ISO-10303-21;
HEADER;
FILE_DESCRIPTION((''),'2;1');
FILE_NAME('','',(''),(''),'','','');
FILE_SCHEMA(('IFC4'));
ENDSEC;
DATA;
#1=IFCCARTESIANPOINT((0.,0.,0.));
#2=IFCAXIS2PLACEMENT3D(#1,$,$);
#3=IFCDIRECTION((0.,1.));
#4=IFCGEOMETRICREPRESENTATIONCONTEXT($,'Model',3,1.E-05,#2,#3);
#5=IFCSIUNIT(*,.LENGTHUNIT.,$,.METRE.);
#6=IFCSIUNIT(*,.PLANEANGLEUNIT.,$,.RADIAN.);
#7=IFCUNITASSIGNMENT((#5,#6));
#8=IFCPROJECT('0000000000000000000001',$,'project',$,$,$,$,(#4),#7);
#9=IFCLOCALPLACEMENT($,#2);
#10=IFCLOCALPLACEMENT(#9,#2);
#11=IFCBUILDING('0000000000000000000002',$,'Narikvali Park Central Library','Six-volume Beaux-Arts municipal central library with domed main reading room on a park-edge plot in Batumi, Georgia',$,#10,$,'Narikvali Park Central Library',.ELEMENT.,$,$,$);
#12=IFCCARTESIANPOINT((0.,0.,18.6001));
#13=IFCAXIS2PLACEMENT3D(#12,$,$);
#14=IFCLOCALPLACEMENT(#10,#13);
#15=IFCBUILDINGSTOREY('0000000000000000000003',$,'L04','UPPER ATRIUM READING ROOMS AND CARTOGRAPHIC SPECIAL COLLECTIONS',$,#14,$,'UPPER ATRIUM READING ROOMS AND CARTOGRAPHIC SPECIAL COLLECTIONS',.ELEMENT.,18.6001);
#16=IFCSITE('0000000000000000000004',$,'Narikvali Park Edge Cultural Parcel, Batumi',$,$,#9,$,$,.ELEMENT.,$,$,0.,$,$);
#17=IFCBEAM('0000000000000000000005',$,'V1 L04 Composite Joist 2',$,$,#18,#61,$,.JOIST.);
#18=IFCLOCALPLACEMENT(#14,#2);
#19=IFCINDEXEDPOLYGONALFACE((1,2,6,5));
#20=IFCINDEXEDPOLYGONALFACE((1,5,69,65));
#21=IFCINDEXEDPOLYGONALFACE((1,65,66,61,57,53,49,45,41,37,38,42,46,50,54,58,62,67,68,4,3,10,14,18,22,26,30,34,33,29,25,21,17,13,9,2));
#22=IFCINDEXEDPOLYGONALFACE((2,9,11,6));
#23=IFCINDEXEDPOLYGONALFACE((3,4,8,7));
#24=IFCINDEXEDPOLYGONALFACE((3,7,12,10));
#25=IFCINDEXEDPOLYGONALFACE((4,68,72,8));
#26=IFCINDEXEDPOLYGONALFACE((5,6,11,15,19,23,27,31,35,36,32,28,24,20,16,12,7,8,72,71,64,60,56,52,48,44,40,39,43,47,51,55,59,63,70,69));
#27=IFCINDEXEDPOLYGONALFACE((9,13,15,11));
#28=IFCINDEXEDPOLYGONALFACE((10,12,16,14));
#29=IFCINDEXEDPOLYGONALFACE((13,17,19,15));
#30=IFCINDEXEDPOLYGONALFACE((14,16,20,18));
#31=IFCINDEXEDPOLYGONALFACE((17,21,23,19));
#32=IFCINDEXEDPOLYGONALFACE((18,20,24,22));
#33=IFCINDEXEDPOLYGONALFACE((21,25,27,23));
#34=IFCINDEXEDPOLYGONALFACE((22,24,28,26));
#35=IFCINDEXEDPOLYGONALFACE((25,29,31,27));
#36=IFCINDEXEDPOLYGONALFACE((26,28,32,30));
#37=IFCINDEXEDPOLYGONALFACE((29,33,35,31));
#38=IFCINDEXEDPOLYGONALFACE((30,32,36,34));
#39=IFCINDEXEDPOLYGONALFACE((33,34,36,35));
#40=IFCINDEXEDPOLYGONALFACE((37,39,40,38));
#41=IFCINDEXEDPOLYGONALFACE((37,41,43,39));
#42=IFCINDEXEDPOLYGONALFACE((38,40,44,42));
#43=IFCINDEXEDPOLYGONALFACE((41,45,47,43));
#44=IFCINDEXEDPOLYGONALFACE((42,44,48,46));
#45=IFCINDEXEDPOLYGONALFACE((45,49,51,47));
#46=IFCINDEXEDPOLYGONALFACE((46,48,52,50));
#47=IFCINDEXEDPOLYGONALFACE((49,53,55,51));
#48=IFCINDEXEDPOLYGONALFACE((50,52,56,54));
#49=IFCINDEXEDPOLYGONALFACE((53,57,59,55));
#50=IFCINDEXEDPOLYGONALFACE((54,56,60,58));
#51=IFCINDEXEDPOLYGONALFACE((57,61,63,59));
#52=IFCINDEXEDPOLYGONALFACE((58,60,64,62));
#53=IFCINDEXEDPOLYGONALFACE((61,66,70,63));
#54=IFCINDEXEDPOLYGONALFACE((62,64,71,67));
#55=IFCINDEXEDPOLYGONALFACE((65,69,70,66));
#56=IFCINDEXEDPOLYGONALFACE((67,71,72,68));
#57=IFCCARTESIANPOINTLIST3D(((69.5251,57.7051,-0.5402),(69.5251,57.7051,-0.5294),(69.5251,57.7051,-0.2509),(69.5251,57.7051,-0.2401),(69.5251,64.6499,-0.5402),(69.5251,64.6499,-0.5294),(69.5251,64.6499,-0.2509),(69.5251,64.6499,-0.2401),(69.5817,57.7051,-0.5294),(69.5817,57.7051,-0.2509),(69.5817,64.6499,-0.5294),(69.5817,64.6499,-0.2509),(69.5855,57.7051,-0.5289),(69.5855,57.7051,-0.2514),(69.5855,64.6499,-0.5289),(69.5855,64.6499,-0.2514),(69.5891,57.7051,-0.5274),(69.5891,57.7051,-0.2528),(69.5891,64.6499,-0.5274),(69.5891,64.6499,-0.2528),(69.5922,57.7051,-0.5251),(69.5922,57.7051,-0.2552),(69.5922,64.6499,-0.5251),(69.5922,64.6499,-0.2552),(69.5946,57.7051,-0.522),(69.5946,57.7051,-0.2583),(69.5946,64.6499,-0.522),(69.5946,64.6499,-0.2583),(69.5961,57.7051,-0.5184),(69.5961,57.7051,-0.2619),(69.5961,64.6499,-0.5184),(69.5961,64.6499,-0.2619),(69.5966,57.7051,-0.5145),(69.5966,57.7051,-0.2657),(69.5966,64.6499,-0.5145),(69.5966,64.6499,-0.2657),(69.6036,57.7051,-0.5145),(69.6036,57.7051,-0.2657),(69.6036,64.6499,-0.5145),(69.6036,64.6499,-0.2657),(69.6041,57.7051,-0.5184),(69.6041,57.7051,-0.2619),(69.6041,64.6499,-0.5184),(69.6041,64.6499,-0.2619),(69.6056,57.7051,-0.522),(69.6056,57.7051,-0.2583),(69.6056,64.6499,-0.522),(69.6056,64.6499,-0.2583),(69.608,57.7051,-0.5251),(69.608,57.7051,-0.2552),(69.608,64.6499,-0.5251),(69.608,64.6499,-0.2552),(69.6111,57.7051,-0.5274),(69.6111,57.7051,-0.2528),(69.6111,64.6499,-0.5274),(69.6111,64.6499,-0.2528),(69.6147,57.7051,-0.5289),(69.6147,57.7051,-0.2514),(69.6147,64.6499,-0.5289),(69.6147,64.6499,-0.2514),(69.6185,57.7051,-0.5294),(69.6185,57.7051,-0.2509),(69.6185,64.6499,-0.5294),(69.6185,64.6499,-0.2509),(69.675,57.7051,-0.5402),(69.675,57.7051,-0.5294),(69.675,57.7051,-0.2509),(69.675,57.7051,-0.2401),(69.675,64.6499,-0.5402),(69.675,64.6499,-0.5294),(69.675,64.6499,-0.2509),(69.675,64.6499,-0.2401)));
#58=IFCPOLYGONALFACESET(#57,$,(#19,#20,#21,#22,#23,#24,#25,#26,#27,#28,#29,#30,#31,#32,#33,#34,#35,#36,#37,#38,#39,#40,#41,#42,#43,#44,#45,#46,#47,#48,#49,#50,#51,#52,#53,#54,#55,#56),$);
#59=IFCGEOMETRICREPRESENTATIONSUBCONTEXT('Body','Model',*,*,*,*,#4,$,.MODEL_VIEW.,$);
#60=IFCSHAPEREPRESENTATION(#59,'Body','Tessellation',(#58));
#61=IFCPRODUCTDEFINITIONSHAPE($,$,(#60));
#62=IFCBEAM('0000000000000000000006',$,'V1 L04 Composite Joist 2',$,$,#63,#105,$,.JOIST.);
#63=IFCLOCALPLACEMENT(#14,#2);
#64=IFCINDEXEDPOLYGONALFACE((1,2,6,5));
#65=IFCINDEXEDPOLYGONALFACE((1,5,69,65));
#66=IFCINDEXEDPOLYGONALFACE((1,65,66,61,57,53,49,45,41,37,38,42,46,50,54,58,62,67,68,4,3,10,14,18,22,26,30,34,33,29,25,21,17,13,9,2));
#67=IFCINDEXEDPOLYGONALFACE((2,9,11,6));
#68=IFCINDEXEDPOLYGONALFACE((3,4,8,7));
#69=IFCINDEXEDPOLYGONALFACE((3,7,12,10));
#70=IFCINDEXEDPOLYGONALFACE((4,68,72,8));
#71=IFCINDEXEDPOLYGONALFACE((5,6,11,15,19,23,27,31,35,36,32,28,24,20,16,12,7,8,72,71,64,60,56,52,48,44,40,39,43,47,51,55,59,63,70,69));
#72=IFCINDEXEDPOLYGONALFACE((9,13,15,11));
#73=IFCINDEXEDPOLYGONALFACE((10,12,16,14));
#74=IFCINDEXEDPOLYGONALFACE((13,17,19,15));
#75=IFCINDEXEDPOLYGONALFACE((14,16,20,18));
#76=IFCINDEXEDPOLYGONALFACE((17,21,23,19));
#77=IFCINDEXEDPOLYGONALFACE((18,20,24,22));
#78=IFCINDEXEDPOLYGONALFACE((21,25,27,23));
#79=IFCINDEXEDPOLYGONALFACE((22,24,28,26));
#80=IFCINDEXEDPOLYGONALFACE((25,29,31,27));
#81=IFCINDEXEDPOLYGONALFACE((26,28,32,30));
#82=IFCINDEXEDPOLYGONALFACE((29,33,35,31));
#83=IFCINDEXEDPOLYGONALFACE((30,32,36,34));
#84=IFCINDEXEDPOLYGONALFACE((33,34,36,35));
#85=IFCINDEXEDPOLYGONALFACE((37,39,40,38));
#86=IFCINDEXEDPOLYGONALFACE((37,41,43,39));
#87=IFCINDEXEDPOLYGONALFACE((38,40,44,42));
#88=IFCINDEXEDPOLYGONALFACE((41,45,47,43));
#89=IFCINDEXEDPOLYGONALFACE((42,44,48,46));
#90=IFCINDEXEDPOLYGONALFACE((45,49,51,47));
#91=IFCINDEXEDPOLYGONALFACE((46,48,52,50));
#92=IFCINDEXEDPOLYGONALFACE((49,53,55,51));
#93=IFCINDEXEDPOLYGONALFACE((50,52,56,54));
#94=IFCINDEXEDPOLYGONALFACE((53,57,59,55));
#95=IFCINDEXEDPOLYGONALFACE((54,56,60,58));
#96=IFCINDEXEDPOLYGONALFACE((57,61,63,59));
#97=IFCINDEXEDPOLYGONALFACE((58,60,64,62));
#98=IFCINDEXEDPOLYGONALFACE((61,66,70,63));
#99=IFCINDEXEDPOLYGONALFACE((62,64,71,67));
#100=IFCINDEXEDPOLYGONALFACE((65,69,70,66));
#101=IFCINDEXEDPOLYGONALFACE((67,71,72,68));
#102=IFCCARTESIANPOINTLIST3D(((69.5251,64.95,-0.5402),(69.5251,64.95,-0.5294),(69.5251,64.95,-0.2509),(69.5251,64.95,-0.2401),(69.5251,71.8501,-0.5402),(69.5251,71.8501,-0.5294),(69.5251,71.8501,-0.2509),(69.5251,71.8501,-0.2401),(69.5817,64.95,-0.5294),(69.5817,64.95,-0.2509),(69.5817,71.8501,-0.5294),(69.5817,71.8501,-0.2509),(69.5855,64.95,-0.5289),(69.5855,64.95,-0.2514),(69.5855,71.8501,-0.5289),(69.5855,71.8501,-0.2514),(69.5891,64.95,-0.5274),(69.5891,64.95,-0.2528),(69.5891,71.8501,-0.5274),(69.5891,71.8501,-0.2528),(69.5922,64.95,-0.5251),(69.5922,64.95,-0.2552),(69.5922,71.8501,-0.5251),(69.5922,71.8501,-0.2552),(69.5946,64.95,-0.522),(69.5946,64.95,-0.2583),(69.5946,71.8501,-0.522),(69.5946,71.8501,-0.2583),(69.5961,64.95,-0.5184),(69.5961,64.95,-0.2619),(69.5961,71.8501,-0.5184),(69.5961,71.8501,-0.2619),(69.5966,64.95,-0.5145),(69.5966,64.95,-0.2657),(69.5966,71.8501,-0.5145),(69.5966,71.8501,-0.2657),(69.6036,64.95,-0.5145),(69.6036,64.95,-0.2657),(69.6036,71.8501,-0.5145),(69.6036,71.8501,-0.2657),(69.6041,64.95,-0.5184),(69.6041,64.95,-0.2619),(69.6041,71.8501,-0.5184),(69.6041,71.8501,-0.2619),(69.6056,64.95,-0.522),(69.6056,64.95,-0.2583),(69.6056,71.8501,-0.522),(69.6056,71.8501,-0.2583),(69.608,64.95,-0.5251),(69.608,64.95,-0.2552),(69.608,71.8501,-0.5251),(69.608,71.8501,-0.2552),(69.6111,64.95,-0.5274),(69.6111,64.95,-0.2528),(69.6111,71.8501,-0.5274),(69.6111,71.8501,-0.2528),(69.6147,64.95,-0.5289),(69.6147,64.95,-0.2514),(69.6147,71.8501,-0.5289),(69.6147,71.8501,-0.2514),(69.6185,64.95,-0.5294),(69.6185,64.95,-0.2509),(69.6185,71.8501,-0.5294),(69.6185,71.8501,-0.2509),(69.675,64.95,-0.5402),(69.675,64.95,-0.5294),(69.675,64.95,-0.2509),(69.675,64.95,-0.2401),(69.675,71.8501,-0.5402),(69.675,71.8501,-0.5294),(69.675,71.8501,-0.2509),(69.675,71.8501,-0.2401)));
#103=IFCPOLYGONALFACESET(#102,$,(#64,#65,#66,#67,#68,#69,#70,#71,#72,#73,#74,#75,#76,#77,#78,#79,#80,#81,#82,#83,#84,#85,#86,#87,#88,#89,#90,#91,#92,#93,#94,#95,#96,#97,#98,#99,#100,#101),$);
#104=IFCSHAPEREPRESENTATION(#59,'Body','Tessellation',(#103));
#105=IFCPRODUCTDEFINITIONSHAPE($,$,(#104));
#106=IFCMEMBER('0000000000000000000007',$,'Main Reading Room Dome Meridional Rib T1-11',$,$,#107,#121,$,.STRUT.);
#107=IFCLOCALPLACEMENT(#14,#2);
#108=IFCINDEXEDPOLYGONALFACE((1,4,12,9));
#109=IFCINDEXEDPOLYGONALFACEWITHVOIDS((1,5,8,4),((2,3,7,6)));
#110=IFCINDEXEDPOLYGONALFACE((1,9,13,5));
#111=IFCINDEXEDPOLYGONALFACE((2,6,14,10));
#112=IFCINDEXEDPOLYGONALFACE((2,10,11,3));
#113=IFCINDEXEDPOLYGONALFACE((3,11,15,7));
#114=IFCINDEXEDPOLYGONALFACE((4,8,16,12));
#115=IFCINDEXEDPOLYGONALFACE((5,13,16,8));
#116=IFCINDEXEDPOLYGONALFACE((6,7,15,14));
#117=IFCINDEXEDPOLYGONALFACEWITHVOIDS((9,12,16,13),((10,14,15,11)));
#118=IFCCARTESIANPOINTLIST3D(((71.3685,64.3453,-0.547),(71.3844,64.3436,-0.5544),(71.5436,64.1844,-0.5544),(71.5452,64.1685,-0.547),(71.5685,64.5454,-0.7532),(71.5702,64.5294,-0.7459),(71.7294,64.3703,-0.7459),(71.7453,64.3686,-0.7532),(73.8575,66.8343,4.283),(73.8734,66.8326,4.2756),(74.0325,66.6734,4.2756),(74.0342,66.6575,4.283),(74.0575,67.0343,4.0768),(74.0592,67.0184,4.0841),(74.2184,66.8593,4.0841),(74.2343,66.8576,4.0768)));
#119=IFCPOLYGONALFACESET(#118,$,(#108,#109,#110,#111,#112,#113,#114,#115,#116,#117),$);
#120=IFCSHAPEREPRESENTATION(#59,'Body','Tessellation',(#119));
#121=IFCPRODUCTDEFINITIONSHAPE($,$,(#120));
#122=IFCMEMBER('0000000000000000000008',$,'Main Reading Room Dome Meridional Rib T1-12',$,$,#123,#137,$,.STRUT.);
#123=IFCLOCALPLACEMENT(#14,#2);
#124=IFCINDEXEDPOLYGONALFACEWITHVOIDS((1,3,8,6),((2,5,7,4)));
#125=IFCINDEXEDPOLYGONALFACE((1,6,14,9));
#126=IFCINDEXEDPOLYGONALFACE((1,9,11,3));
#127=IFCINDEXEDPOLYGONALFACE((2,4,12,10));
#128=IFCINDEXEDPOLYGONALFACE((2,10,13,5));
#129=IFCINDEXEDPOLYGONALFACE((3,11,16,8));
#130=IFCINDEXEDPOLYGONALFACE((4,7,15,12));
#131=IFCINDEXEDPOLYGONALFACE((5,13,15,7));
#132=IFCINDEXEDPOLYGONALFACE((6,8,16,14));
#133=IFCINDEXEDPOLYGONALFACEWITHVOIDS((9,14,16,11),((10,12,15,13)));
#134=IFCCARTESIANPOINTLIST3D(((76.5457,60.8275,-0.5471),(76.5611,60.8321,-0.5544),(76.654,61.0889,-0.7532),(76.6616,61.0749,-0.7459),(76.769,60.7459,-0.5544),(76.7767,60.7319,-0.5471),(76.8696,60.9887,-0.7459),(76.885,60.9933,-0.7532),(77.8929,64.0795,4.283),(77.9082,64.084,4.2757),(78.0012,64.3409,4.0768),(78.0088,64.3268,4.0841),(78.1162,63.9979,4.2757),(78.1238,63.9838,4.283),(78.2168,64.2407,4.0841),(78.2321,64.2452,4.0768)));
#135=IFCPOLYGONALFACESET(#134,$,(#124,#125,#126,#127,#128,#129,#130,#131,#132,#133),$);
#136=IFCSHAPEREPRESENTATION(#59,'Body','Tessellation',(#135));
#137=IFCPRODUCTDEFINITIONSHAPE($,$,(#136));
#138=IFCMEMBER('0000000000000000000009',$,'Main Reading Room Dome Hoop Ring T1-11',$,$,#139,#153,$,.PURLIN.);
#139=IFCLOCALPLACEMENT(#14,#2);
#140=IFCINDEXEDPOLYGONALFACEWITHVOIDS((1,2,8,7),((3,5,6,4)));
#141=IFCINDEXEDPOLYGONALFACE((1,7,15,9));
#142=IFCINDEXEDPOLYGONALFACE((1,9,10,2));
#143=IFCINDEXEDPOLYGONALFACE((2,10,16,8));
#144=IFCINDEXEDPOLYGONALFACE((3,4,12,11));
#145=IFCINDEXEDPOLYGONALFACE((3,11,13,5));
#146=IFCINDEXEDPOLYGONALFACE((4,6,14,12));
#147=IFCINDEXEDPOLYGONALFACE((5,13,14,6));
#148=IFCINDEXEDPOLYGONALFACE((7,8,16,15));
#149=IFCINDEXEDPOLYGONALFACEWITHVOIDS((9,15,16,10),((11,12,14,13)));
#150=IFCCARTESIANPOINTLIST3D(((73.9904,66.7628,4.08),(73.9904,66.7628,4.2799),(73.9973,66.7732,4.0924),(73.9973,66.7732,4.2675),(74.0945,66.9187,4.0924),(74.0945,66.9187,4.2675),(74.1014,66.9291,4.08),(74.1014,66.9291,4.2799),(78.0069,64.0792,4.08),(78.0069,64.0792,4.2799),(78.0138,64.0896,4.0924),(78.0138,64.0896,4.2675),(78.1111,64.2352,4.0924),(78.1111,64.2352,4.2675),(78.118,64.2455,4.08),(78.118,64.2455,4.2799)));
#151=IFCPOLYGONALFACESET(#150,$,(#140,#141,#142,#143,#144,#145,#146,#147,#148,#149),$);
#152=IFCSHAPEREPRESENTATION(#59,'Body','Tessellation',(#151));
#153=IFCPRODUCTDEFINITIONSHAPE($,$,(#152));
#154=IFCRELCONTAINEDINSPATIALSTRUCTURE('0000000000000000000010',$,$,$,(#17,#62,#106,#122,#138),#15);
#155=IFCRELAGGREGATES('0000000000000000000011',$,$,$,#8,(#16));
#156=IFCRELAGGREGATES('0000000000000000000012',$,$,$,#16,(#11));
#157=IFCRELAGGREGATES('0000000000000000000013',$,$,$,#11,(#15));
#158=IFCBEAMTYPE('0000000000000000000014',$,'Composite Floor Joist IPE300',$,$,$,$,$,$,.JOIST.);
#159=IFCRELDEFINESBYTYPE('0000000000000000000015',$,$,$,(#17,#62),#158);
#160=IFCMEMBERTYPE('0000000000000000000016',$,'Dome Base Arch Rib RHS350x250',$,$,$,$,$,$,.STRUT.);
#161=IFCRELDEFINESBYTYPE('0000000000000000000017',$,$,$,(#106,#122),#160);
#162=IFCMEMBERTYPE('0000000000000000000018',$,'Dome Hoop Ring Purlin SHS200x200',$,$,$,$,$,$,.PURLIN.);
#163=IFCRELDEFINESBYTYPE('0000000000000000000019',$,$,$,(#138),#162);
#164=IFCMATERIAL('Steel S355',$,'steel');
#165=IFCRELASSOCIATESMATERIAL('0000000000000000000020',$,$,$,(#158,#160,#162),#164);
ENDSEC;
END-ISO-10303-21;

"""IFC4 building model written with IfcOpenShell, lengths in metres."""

from ifc_helpers import new_model, si_unit, direction, frame, origin, origin_2d, place, context, subcontext, project, spatial, hollow_rectangle, i_section, extrude, material, material_profile, profile_set, type_object, element, save


model = new_model("IFC4")

# Units and contexts
model_context = context("Model", 3, precision=1e-05, world=origin(), true_north=direction((0.0, 1.0)))
body_context = subcontext(model_context, "Body", "Model", "MODEL_VIEW")
ifc_project = project(units=[si_unit("LENGTHUNIT", "METRE"), si_unit("PLANEANGLEUNIT", "RADIAN")], contexts=[model_context])

# Site, building, storey
site_placement = place(None, origin())
site = spatial("IfcSite", under=ifc_project, at=site_placement, Name="Narikvali Park Edge Cultural Parcel, Batumi", CompositionType="ELEMENT", RefElevation=0.0)
building_placement = place(site_placement, origin())
building = spatial("IfcBuilding", under=site, at=building_placement, Name="Narikvali Park Central Library", Description="Six-volume Beaux-Arts municipal central library with domed main reading room on a park-edge plot in Batumi, Georgia", LongName="Narikvali Park Central Library", CompositionType="ELEMENT")
storey_placement = place(building_placement, frame((0.0, 0.0, 18.6001)))
storey = spatial("IfcBuildingStorey", under=building, at=storey_placement, Name="L04", Description="UPPER ATRIUM READING ROOMS AND CARTOGRAPHIC SPECIAL COLLECTIONS", LongName="UPPER ATRIUM READING ROOMS AND CARTOGRAPHIC SPECIAL COLLECTIONS", CompositionType="ELEMENT", Elevation=18.6001)

# Beams
ifc_material_1 = material(Name="Steel S355", Category="steel")
ifc_material_profile_1 = material_profile(ifc_material_1, i_section(OverallWidth=0.1499, OverallDepth=0.3, WebThickness=0.0071, FlangeThickness=0.0107, FilletRadius=0.0149, at=origin_2d()), Name="IPE 300")
ifc_profile_set_1 = profile_set([ifc_material_profile_1], Name="Steel S355")
beam_type_1 = type_object("IfcBeamType", Name="Composite Floor Joist IPE300", PredefinedType="JOIST", material=ifc_profile_set_1)
beam_1_placement = place(storey_placement, frame((69.6001, 57.7051, -0.3901), z_axis=(0.0, 1.0, 0.0), x_axis=(-1.0, 0.0, 0.0)))
element("IfcBeam", 1, at=beam_1_placement, inside=storey, type_object=beam_type_1, Name="V1 L04 Composite Joist 2", PredefinedType="JOIST", context=body_context, shape_type="SweptSolid", body=[
    extrude(i_section(OverallWidth=0.1499, OverallDepth=0.3, WebThickness=0.0071, FlangeThickness=0.0107, FilletRadius=0.0149, at=origin_2d()), origin(), (0.0, 0.0, 1.0), 6.9448),
])
beam_2_placement = place(storey_placement, frame((69.6001, 64.95, -0.3901), z_axis=(0.0, 1.0, 0.0), x_axis=(-1.0, 0.0, 0.0)))
element("IfcBeam", 2, at=beam_2_placement, inside=storey, type_object=beam_type_1, Name="V1 L04 Composite Joist 2", PredefinedType="JOIST", context=body_context, shape_type="SweptSolid", body=[
    extrude(i_section(OverallWidth=0.1499, OverallDepth=0.3, WebThickness=0.0071, FlangeThickness=0.0107, FilletRadius=0.0149, at=origin_2d()), origin(), (0.0, 0.0, 1.0), 6.9001),
])

# Members
ifc_material_profile_2 = material_profile(ifc_material_1, hollow_rectangle(XDim=0.25, YDim=0.3501, WallThickness=0.0125, at=origin_2d()), Name="RHS 350x250x12.5")
ifc_profile_set_2 = profile_set([ifc_material_profile_2], Name="Steel S355")
member_type_1 = type_object("IfcMemberType", Name="Dome Base Arch Rib RHS350x250", PredefinedType="STRUT", material=ifc_profile_set_2)
for number, where, z_axis, x_axis, name in (
    (3, (71.5569, 64.3569, -0.6501), (0.416458, 0.416458, 0.808162), (-0.707107, 0.707107, 0.0), "Main Reading Room Dome Meridional Rib T1-11"),
    (4, (76.7153, 60.9104, -0.6501), (0.225407, 0.544114, 0.808165), (-0.923863, 0.382723, 0.0), "Main Reading Room Dome Meridional Rib T1-12"),
):
    element("IfcMember", number, at=place(storey_placement, frame(where, z_axis=z_axis, x_axis=x_axis)), inside=storey, type_object=member_type_1, Name=name, PredefinedType="STRUT", context=body_context, shape_type="SweptSolid", body=[
        extrude(hollow_rectangle(XDim=0.25, YDim=0.3501, WallThickness=0.0125, at=origin_2d()), origin(), (0.0, 0.0, 1.0), 5.9766),
    ])
ifc_material_profile_3 = material_profile(ifc_material_1, hollow_rectangle(XDim=0.2, YDim=0.2, WallThickness=0.0125, at=origin_2d()), Name="SHS 200x200x12.5")
ifc_profile_set_3 = profile_set([ifc_material_profile_3], Name="Steel S355")
member_type_2 = type_object("IfcMemberType", Name="Dome Hoop Ring Purlin SHS200x200", PredefinedType="PURLIN", material=ifc_profile_set_3)
member_1_placement = place(storey_placement, frame((74.0459, 66.8459, 4.1799), z_axis=(0.83149, -0.55554, 0.0), x_axis=(0.55554, 0.83149, 0.0)))
element("IfcMember", 5, at=member_1_placement, inside=storey, type_object=member_type_2, Name="Main Reading Room Dome Hoop Ring T1-11", PredefinedType="PURLIN", context=body_context, shape_type="SweptSolid", body=[
    extrude(hollow_rectangle(XDim=0.2, YDim=0.2, WallThickness=0.0125, at=origin_2d()), origin(), (0.0, 0.0, 1.0), 4.8306),
])

save(model, "model.ifc")
